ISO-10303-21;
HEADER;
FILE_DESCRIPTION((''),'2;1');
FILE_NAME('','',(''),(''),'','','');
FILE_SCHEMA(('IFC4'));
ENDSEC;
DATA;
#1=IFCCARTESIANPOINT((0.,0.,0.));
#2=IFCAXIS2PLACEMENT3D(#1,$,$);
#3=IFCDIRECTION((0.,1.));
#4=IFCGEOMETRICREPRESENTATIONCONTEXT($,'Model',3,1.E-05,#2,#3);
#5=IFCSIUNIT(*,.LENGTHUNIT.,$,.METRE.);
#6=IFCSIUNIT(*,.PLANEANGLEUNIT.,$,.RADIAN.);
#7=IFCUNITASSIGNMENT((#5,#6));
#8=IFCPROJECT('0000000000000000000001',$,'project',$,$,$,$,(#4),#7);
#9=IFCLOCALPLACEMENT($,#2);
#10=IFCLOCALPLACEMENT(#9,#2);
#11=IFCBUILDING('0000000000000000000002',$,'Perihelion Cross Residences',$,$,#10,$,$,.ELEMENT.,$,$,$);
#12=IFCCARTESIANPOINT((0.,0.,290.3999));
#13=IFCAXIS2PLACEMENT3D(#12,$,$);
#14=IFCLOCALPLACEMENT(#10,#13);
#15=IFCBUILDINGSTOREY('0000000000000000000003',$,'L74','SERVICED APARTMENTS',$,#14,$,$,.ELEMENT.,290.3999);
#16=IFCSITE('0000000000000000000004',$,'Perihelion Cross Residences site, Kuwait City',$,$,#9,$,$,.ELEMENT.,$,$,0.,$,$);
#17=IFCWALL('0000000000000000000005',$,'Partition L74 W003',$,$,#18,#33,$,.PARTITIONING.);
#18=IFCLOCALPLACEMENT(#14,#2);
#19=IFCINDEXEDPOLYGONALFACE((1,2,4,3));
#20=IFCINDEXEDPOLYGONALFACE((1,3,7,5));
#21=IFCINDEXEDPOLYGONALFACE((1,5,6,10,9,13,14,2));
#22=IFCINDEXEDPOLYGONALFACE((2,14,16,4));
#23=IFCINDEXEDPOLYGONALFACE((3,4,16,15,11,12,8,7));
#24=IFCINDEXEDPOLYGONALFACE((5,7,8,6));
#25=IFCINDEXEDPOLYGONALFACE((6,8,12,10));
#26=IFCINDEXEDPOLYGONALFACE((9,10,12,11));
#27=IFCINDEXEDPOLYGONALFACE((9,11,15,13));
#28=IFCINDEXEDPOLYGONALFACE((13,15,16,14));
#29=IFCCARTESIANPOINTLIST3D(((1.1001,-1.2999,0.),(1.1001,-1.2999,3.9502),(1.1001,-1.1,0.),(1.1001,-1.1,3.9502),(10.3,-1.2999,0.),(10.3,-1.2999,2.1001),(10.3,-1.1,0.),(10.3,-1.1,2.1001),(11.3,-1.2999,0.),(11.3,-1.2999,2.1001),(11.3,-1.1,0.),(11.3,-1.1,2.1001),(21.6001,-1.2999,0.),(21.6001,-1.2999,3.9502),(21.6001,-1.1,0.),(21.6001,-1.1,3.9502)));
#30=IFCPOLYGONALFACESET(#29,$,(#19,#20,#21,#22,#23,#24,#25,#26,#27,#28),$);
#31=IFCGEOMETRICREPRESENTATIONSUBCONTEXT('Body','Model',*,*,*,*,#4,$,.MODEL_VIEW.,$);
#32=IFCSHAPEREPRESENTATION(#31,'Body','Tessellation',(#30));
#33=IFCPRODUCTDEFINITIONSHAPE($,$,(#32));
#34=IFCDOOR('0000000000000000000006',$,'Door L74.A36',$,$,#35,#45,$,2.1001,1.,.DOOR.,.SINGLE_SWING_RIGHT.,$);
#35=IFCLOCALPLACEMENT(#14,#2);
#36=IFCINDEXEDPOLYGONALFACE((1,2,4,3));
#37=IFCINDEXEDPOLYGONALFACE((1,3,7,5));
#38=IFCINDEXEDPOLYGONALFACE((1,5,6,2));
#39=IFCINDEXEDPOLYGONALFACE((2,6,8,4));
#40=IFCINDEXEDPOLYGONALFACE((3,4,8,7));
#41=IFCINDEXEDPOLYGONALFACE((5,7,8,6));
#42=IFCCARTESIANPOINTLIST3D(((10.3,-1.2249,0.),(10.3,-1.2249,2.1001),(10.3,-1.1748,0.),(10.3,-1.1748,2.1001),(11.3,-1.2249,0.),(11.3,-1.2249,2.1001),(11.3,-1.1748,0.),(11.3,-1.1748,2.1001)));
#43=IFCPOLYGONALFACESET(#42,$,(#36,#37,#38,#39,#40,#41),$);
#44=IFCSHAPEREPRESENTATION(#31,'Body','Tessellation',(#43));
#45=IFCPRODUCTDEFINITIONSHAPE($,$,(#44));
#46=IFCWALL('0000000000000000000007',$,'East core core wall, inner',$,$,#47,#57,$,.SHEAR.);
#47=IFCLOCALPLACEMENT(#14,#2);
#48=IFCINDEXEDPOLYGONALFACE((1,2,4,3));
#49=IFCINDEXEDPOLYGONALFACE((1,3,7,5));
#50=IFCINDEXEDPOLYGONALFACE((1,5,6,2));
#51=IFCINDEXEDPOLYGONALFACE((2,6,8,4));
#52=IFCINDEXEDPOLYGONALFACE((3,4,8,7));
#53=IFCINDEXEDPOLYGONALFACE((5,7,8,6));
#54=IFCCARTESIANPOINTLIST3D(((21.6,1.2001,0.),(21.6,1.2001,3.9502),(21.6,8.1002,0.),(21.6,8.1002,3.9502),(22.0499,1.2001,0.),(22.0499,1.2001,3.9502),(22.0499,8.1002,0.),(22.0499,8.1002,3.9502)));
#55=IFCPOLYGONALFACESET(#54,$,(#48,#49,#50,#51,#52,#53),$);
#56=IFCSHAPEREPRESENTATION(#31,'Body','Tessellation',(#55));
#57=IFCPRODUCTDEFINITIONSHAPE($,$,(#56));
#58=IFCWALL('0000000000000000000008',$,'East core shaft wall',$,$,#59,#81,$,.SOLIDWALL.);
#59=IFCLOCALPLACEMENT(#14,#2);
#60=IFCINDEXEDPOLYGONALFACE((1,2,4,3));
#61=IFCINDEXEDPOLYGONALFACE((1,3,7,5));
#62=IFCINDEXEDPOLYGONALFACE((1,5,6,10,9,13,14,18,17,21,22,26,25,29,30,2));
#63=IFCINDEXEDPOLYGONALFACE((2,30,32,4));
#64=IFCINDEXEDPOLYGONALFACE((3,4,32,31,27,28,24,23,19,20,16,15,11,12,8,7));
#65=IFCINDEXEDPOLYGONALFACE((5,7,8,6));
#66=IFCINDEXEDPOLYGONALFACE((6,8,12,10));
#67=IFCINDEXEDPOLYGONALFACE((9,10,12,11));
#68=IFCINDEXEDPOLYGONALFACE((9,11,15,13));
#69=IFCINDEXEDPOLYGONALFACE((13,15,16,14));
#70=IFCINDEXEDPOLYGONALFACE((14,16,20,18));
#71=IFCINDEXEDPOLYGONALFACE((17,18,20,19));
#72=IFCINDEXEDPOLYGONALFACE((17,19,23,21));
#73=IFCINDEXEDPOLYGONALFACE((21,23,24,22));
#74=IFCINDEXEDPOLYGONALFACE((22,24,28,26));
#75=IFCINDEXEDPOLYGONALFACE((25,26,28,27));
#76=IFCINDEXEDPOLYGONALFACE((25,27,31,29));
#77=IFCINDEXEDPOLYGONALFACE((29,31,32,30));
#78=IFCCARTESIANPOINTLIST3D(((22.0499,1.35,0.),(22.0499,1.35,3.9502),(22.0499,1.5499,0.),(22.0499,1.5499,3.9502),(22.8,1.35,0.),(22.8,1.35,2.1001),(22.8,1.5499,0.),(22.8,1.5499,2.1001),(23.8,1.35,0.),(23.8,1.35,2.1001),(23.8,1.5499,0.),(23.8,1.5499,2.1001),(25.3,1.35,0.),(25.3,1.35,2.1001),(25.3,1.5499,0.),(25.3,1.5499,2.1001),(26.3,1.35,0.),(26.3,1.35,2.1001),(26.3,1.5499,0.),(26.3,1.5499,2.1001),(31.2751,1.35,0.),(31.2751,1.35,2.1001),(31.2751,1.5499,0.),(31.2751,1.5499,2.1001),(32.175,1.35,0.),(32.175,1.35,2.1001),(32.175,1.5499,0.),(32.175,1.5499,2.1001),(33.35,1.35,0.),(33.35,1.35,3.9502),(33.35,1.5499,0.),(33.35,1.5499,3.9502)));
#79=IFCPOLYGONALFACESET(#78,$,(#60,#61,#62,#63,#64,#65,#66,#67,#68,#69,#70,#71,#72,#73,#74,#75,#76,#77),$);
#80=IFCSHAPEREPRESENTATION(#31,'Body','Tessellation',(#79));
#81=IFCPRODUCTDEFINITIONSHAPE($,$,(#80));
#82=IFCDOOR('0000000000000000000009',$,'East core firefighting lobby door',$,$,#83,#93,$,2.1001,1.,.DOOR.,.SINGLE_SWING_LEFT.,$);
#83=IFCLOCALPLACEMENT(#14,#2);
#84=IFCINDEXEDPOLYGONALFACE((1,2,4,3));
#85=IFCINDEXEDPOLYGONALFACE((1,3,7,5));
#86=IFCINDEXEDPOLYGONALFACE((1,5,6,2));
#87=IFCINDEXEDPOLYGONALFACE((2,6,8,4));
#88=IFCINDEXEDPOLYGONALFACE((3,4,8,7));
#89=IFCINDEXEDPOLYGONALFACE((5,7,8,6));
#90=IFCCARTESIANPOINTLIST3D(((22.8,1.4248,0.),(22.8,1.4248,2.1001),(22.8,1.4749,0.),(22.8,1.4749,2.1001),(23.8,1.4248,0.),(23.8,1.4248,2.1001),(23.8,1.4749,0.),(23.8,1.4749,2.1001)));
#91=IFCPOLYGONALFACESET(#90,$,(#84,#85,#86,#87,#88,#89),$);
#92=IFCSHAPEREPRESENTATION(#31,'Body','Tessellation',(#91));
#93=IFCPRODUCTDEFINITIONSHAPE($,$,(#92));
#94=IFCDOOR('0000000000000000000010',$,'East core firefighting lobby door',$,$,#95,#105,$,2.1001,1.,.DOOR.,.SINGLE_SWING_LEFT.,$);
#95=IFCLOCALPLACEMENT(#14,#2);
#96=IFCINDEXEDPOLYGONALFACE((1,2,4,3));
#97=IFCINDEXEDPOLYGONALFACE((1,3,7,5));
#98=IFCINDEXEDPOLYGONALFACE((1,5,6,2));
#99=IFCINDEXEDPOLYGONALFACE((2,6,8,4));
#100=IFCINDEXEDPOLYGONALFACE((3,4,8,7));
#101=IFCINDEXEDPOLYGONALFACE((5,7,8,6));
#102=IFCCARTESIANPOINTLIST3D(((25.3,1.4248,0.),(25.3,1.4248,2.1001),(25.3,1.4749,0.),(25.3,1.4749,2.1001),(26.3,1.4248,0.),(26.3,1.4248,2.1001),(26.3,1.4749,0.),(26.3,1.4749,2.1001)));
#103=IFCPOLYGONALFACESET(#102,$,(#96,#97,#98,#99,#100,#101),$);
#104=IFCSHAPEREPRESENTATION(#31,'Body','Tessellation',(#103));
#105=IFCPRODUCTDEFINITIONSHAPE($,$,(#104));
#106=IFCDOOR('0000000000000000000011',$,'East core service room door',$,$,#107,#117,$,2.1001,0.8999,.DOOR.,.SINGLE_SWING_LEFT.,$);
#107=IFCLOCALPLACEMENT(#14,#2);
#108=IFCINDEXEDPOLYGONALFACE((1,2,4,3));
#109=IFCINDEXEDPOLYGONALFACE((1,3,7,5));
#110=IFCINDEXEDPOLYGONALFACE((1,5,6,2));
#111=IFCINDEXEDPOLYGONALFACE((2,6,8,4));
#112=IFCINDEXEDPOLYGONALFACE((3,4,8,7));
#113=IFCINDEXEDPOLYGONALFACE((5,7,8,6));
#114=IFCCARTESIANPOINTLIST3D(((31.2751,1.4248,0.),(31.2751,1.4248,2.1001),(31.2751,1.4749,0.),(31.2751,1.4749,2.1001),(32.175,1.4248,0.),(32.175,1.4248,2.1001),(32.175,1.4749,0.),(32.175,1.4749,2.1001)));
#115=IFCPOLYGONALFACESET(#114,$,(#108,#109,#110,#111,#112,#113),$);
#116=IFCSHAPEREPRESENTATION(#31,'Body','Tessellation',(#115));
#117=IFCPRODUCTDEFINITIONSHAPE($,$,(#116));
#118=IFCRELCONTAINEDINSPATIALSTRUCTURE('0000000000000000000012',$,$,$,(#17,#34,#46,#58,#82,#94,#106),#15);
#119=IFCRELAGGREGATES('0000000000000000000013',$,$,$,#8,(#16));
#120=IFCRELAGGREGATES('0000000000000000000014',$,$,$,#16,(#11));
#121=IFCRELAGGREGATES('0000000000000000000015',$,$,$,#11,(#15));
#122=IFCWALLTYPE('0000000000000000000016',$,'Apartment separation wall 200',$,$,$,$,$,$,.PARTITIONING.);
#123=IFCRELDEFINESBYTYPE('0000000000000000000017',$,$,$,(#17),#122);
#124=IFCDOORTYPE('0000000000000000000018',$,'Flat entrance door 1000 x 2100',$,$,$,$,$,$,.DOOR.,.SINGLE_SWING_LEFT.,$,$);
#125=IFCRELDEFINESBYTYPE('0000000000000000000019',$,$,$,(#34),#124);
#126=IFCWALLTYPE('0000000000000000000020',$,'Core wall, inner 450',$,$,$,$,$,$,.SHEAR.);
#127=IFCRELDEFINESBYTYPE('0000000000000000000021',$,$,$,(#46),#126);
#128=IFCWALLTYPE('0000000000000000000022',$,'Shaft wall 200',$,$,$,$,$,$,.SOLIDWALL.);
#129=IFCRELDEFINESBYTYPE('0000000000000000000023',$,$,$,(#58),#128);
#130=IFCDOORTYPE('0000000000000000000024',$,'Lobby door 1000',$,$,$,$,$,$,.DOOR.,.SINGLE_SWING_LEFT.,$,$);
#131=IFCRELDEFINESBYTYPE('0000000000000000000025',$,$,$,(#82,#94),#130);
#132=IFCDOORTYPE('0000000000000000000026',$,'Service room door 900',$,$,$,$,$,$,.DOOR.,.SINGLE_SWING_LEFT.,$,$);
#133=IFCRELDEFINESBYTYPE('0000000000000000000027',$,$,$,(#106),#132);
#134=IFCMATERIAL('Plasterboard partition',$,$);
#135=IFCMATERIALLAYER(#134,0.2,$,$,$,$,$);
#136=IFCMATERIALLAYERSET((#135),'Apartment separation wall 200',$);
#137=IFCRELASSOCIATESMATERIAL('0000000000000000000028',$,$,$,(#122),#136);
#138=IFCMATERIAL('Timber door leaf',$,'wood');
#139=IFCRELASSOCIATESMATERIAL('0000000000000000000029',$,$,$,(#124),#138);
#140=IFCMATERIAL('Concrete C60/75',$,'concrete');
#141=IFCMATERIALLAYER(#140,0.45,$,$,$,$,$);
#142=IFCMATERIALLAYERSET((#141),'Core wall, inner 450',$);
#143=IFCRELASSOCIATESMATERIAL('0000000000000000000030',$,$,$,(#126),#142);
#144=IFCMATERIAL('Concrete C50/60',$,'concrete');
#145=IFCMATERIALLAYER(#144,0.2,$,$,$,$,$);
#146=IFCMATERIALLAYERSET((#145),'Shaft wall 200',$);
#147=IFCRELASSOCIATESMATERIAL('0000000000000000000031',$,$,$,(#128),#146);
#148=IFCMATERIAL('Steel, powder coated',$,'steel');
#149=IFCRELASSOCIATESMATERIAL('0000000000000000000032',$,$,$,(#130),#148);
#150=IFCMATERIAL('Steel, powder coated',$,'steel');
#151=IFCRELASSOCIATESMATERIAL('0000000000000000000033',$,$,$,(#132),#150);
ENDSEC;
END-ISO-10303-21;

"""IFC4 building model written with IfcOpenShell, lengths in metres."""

from ifc_helpers import new_model, si_unit, direction, frame, frame_2d, origin, place, context, subcontext, project, spatial, rectangle, extrude, material, layer, layer_set, type_object, element, fill, save


model = new_model("IFC4")

# Units and contexts
model_context = context("Model", 3, precision=1e-05, world=origin(), true_north=direction((0.0, 1.0)))
body_context = subcontext(model_context, "Body", "Model", "MODEL_VIEW")
ifc_project = project(units=[si_unit("LENGTHUNIT", "METRE"), si_unit("PLANEANGLEUNIT", "RADIAN")], contexts=[model_context])

# Site, building, storey
site_placement = place(None, origin())
site = spatial("IfcSite", under=ifc_project, at=site_placement, Name="Perihelion Cross Residences site, Kuwait City", CompositionType="ELEMENT", RefElevation=0.0)
building_placement = place(site_placement, origin())
building = spatial("IfcBuilding", under=site, at=building_placement, Name="Perihelion Cross Residences", CompositionType="ELEMENT")
storey_placement = place(building_placement, frame((0.0, 0.0, 290.3999)))
storey = spatial("IfcBuildingStorey", under=building, at=storey_placement, Name="L74", Description="SERVICED APARTMENTS", CompositionType="ELEMENT", Elevation=290.3999)

# Wall, opening, door
ifc_material_1 = material(Name="Plasterboard partition")
ifc_layer_1 = layer(ifc_material_1, 0.2)
ifc_layer_set_1 = layer_set([ifc_layer_1], Name="Apartment separation wall 200")
wall_type_1 = type_object("IfcWallType", Name="Apartment separation wall 200", PredefinedType="PARTITIONING", material=ifc_layer_set_1)
wall_1_placement = place(storey_placement, frame((21.6001, -1.2, 0.0), z_axis=(0.0, 0.0, 1.0), x_axis=(-1.0, 0.0, 0.0)))
wall_1 = element("IfcWall", 1, at=wall_1_placement, inside=storey, type_object=wall_type_1, Name="Partition L74 W003", PredefinedType="PARTITIONING", context=body_context, shape_type="SweptSolid", body=[
    extrude(rectangle(XDim=20.5, YDim=0.2, at=frame_2d((10.25, 0.0))), origin(), (0.0, 0.0, 1.0), 3.9502),
])
opening_1_placement = place(wall_1_placement, frame((10.3, 0.0, 0.0)))
opening_1 = element("IfcOpeningElement", 2, at=opening_1_placement, cuts=wall_1, PredefinedType="OPENING", context=body_context, shape_type="SweptSolid", body=[
    extrude(rectangle(XDim=1.0, YDim=2.1001, at=frame_2d((0.5, 1.05))), frame((0.0, 0.1099, 0.0), z_axis=(0.0, -1.0, 0.0), x_axis=(1.0, 0.0, 0.0)), (0.0, 0.0, 1.0), 0.22),
])
ifc_material_2 = material(Name="Timber door leaf", Category="wood")
door_type_1 = type_object("IfcDoorType", Name="Flat entrance door 1000 x 2100", OperationType="SINGLE_SWING_LEFT", PredefinedType="DOOR", material=ifc_material_2)
door_1_placement = place(opening_1_placement, origin())
door_1 = element("IfcDoor", 3, at=door_1_placement, inside=storey, type_object=door_type_1, Name="Door L74.A36", OperationType="SINGLE_SWING_RIGHT", OverallHeight=2.1001, OverallWidth=1.0, PredefinedType="DOOR", context=body_context, shape_type="SweptSolid", body=[
    extrude(rectangle(XDim=1.0, YDim=2.1001, at=frame_2d((0.5, 1.05))), frame((0.0, 0.0249, 0.0), z_axis=(0.0, -1.0, 0.0), x_axis=(1.0, 0.0, 0.0)), (0.0, 0.0, 1.0), 0.05),
])
fill(opening_1, door_1)

# Wall
ifc_material_3 = material(Name="Concrete C60/75", Category="concrete")
ifc_layer_2 = layer(ifc_material_3, 0.45)
ifc_layer_set_2 = layer_set([ifc_layer_2], Name="Core wall, inner 450")
wall_type_2 = type_object("IfcWallType", Name="Core wall, inner 450", PredefinedType="SHEAR", material=ifc_layer_set_2)
wall_2_placement = place(storey_placement, frame((21.825, 1.2, 0.0), z_axis=(0.0, 0.0, 1.0), x_axis=(0.0, 1.0, 0.0)))
element("IfcWall", 4, at=wall_2_placement, inside=storey, type_object=wall_type_2, Name="East core core wall, inner", PredefinedType="SHEAR", context=body_context, shape_type="SweptSolid", body=[
    extrude(rectangle(XDim=6.9001, YDim=0.45, at=frame_2d((3.4502, 0.0))), origin(), (0.0, 0.0, 1.0), 3.9502),
])

# Wall, openings, doors
ifc_material_4 = material(Name="Concrete C50/60", Category="concrete")
ifc_layer_3 = layer(ifc_material_4, 0.2)
ifc_layer_set_3 = layer_set([ifc_layer_3], Name="Shaft wall 200")
wall_type_3 = type_object("IfcWallType", Name="Shaft wall 200", PredefinedType="SOLIDWALL", material=ifc_layer_set_3)
wall_3_placement = place(storey_placement, frame((22.05, 1.45, 0.0), z_axis=(0.0, 0.0, 1.0), x_axis=(1.0, 0.0, 0.0)))
wall_3 = element("IfcWall", 5, at=wall_3_placement, inside=storey, type_object=wall_type_3, Name="East core shaft wall", PredefinedType="SOLIDWALL", context=body_context, shape_type="SweptSolid", body=[
    extrude(rectangle(XDim=11.3, YDim=0.2, at=frame_2d((5.6499, 0.0))), origin(), (0.0, 0.0, 1.0), 3.9502),
])
opening_2_placement = place(wall_3_placement, frame((0.75, 0.0, 0.0)))
opening_2 = element("IfcOpeningElement", 6, at=opening_2_placement, cuts=wall_3, PredefinedType="OPENING", context=body_context, shape_type="SweptSolid", body=[
    extrude(rectangle(XDim=1.0, YDim=2.1001, at=frame_2d((0.5, 1.05))), frame((0.0, 0.1099, 0.0), z_axis=(0.0, -1.0, 0.0), x_axis=(1.0, 0.0, 0.0)), (0.0, 0.0, 1.0), 0.22),
])
opening_3_placement = place(wall_3_placement, frame((3.25, 0.0, 0.0)))
opening_3 = element("IfcOpeningElement", 7, at=opening_3_placement, cuts=wall_3, PredefinedType="OPENING", context=body_context, shape_type="SweptSolid", body=[
    extrude(rectangle(XDim=1.0, YDim=2.1001, at=frame_2d((0.5, 1.05))), frame((0.0, 0.1099, 0.0), z_axis=(0.0, -1.0, 0.0), x_axis=(1.0, 0.0, 0.0)), (0.0, 0.0, 1.0), 0.22),
])
opening_4_placement = place(wall_3_placement, frame((9.2251, 0.0, 0.0)))
opening_4 = element("IfcOpeningElement", 8, at=opening_4_placement, cuts=wall_3, PredefinedType="OPENING", context=body_context, shape_type="SweptSolid", body=[
    extrude(rectangle(XDim=0.8999, YDim=2.1001, at=frame_2d((0.45, 1.05))), frame((0.0, 0.1099, 0.0), z_axis=(0.0, -1.0, 0.0), x_axis=(1.0, 0.0, 0.0)), (0.0, 0.0, 1.0), 0.22),
])
ifc_material_5 = material(Name="Steel, powder coated", Category="steel")
door_type_2 = type_object("IfcDoorType", Name="Lobby door 1000", OperationType="SINGLE_SWING_LEFT", PredefinedType="DOOR", material=ifc_material_5)
door_2_placement = place(opening_2_placement, origin())
door_2 = element("IfcDoor", 9, at=door_2_placement, inside=storey, type_object=door_type_2, Name="East core firefighting lobby door", OperationType="SINGLE_SWING_LEFT", OverallHeight=2.1001, OverallWidth=1.0, PredefinedType="DOOR", context=body_context, shape_type="SweptSolid", body=[
    extrude(rectangle(XDim=1.0, YDim=2.1001, at=frame_2d((0.5, 1.05))), frame((0.0, 0.0249, 0.0), z_axis=(0.0, -1.0, 0.0), x_axis=(1.0, 0.0, 0.0)), (0.0, 0.0, 1.0), 0.05),
])
fill(opening_2, door_2)
door_3_placement = place(opening_3_placement, origin())
door_3 = element("IfcDoor", 10, at=door_3_placement, inside=storey, type_object=door_type_2, Name="East core firefighting lobby door", OperationType="SINGLE_SWING_LEFT", OverallHeight=2.1001, OverallWidth=1.0, PredefinedType="DOOR", context=body_context, shape_type="SweptSolid", body=[
    extrude(rectangle(XDim=1.0, YDim=2.1001, at=frame_2d((0.5, 1.05))), frame((0.0, 0.0249, 0.0), z_axis=(0.0, -1.0, 0.0), x_axis=(1.0, 0.0, 0.0)), (0.0, 0.0, 1.0), 0.05),
])
fill(opening_3, door_3)
ifc_material_6 = material(Name="Steel, powder coated", Category="steel")
door_type_3 = type_object("IfcDoorType", Name="Service room door 900", OperationType="SINGLE_SWING_LEFT", PredefinedType="DOOR", material=ifc_material_6)
door_4_placement = place(opening_4_placement, origin())
door_4 = element("IfcDoor", 11, at=door_4_placement, inside=storey, type_object=door_type_3, Name="East core service room door", OperationType="SINGLE_SWING_LEFT", OverallHeight=2.1001, OverallWidth=0.8999, PredefinedType="DOOR", context=body_context, shape_type="SweptSolid", body=[
    extrude(rectangle(XDim=0.8999, YDim=2.1001, at=frame_2d((0.45, 1.05))), frame((0.0, 0.0249, 0.0), z_axis=(0.0, -1.0, 0.0), x_axis=(1.0, 0.0, 0.0)), (0.0, 0.0, 1.0), 0.05),
])
fill(opening_4, door_4)

save(model, "model.ifc")
